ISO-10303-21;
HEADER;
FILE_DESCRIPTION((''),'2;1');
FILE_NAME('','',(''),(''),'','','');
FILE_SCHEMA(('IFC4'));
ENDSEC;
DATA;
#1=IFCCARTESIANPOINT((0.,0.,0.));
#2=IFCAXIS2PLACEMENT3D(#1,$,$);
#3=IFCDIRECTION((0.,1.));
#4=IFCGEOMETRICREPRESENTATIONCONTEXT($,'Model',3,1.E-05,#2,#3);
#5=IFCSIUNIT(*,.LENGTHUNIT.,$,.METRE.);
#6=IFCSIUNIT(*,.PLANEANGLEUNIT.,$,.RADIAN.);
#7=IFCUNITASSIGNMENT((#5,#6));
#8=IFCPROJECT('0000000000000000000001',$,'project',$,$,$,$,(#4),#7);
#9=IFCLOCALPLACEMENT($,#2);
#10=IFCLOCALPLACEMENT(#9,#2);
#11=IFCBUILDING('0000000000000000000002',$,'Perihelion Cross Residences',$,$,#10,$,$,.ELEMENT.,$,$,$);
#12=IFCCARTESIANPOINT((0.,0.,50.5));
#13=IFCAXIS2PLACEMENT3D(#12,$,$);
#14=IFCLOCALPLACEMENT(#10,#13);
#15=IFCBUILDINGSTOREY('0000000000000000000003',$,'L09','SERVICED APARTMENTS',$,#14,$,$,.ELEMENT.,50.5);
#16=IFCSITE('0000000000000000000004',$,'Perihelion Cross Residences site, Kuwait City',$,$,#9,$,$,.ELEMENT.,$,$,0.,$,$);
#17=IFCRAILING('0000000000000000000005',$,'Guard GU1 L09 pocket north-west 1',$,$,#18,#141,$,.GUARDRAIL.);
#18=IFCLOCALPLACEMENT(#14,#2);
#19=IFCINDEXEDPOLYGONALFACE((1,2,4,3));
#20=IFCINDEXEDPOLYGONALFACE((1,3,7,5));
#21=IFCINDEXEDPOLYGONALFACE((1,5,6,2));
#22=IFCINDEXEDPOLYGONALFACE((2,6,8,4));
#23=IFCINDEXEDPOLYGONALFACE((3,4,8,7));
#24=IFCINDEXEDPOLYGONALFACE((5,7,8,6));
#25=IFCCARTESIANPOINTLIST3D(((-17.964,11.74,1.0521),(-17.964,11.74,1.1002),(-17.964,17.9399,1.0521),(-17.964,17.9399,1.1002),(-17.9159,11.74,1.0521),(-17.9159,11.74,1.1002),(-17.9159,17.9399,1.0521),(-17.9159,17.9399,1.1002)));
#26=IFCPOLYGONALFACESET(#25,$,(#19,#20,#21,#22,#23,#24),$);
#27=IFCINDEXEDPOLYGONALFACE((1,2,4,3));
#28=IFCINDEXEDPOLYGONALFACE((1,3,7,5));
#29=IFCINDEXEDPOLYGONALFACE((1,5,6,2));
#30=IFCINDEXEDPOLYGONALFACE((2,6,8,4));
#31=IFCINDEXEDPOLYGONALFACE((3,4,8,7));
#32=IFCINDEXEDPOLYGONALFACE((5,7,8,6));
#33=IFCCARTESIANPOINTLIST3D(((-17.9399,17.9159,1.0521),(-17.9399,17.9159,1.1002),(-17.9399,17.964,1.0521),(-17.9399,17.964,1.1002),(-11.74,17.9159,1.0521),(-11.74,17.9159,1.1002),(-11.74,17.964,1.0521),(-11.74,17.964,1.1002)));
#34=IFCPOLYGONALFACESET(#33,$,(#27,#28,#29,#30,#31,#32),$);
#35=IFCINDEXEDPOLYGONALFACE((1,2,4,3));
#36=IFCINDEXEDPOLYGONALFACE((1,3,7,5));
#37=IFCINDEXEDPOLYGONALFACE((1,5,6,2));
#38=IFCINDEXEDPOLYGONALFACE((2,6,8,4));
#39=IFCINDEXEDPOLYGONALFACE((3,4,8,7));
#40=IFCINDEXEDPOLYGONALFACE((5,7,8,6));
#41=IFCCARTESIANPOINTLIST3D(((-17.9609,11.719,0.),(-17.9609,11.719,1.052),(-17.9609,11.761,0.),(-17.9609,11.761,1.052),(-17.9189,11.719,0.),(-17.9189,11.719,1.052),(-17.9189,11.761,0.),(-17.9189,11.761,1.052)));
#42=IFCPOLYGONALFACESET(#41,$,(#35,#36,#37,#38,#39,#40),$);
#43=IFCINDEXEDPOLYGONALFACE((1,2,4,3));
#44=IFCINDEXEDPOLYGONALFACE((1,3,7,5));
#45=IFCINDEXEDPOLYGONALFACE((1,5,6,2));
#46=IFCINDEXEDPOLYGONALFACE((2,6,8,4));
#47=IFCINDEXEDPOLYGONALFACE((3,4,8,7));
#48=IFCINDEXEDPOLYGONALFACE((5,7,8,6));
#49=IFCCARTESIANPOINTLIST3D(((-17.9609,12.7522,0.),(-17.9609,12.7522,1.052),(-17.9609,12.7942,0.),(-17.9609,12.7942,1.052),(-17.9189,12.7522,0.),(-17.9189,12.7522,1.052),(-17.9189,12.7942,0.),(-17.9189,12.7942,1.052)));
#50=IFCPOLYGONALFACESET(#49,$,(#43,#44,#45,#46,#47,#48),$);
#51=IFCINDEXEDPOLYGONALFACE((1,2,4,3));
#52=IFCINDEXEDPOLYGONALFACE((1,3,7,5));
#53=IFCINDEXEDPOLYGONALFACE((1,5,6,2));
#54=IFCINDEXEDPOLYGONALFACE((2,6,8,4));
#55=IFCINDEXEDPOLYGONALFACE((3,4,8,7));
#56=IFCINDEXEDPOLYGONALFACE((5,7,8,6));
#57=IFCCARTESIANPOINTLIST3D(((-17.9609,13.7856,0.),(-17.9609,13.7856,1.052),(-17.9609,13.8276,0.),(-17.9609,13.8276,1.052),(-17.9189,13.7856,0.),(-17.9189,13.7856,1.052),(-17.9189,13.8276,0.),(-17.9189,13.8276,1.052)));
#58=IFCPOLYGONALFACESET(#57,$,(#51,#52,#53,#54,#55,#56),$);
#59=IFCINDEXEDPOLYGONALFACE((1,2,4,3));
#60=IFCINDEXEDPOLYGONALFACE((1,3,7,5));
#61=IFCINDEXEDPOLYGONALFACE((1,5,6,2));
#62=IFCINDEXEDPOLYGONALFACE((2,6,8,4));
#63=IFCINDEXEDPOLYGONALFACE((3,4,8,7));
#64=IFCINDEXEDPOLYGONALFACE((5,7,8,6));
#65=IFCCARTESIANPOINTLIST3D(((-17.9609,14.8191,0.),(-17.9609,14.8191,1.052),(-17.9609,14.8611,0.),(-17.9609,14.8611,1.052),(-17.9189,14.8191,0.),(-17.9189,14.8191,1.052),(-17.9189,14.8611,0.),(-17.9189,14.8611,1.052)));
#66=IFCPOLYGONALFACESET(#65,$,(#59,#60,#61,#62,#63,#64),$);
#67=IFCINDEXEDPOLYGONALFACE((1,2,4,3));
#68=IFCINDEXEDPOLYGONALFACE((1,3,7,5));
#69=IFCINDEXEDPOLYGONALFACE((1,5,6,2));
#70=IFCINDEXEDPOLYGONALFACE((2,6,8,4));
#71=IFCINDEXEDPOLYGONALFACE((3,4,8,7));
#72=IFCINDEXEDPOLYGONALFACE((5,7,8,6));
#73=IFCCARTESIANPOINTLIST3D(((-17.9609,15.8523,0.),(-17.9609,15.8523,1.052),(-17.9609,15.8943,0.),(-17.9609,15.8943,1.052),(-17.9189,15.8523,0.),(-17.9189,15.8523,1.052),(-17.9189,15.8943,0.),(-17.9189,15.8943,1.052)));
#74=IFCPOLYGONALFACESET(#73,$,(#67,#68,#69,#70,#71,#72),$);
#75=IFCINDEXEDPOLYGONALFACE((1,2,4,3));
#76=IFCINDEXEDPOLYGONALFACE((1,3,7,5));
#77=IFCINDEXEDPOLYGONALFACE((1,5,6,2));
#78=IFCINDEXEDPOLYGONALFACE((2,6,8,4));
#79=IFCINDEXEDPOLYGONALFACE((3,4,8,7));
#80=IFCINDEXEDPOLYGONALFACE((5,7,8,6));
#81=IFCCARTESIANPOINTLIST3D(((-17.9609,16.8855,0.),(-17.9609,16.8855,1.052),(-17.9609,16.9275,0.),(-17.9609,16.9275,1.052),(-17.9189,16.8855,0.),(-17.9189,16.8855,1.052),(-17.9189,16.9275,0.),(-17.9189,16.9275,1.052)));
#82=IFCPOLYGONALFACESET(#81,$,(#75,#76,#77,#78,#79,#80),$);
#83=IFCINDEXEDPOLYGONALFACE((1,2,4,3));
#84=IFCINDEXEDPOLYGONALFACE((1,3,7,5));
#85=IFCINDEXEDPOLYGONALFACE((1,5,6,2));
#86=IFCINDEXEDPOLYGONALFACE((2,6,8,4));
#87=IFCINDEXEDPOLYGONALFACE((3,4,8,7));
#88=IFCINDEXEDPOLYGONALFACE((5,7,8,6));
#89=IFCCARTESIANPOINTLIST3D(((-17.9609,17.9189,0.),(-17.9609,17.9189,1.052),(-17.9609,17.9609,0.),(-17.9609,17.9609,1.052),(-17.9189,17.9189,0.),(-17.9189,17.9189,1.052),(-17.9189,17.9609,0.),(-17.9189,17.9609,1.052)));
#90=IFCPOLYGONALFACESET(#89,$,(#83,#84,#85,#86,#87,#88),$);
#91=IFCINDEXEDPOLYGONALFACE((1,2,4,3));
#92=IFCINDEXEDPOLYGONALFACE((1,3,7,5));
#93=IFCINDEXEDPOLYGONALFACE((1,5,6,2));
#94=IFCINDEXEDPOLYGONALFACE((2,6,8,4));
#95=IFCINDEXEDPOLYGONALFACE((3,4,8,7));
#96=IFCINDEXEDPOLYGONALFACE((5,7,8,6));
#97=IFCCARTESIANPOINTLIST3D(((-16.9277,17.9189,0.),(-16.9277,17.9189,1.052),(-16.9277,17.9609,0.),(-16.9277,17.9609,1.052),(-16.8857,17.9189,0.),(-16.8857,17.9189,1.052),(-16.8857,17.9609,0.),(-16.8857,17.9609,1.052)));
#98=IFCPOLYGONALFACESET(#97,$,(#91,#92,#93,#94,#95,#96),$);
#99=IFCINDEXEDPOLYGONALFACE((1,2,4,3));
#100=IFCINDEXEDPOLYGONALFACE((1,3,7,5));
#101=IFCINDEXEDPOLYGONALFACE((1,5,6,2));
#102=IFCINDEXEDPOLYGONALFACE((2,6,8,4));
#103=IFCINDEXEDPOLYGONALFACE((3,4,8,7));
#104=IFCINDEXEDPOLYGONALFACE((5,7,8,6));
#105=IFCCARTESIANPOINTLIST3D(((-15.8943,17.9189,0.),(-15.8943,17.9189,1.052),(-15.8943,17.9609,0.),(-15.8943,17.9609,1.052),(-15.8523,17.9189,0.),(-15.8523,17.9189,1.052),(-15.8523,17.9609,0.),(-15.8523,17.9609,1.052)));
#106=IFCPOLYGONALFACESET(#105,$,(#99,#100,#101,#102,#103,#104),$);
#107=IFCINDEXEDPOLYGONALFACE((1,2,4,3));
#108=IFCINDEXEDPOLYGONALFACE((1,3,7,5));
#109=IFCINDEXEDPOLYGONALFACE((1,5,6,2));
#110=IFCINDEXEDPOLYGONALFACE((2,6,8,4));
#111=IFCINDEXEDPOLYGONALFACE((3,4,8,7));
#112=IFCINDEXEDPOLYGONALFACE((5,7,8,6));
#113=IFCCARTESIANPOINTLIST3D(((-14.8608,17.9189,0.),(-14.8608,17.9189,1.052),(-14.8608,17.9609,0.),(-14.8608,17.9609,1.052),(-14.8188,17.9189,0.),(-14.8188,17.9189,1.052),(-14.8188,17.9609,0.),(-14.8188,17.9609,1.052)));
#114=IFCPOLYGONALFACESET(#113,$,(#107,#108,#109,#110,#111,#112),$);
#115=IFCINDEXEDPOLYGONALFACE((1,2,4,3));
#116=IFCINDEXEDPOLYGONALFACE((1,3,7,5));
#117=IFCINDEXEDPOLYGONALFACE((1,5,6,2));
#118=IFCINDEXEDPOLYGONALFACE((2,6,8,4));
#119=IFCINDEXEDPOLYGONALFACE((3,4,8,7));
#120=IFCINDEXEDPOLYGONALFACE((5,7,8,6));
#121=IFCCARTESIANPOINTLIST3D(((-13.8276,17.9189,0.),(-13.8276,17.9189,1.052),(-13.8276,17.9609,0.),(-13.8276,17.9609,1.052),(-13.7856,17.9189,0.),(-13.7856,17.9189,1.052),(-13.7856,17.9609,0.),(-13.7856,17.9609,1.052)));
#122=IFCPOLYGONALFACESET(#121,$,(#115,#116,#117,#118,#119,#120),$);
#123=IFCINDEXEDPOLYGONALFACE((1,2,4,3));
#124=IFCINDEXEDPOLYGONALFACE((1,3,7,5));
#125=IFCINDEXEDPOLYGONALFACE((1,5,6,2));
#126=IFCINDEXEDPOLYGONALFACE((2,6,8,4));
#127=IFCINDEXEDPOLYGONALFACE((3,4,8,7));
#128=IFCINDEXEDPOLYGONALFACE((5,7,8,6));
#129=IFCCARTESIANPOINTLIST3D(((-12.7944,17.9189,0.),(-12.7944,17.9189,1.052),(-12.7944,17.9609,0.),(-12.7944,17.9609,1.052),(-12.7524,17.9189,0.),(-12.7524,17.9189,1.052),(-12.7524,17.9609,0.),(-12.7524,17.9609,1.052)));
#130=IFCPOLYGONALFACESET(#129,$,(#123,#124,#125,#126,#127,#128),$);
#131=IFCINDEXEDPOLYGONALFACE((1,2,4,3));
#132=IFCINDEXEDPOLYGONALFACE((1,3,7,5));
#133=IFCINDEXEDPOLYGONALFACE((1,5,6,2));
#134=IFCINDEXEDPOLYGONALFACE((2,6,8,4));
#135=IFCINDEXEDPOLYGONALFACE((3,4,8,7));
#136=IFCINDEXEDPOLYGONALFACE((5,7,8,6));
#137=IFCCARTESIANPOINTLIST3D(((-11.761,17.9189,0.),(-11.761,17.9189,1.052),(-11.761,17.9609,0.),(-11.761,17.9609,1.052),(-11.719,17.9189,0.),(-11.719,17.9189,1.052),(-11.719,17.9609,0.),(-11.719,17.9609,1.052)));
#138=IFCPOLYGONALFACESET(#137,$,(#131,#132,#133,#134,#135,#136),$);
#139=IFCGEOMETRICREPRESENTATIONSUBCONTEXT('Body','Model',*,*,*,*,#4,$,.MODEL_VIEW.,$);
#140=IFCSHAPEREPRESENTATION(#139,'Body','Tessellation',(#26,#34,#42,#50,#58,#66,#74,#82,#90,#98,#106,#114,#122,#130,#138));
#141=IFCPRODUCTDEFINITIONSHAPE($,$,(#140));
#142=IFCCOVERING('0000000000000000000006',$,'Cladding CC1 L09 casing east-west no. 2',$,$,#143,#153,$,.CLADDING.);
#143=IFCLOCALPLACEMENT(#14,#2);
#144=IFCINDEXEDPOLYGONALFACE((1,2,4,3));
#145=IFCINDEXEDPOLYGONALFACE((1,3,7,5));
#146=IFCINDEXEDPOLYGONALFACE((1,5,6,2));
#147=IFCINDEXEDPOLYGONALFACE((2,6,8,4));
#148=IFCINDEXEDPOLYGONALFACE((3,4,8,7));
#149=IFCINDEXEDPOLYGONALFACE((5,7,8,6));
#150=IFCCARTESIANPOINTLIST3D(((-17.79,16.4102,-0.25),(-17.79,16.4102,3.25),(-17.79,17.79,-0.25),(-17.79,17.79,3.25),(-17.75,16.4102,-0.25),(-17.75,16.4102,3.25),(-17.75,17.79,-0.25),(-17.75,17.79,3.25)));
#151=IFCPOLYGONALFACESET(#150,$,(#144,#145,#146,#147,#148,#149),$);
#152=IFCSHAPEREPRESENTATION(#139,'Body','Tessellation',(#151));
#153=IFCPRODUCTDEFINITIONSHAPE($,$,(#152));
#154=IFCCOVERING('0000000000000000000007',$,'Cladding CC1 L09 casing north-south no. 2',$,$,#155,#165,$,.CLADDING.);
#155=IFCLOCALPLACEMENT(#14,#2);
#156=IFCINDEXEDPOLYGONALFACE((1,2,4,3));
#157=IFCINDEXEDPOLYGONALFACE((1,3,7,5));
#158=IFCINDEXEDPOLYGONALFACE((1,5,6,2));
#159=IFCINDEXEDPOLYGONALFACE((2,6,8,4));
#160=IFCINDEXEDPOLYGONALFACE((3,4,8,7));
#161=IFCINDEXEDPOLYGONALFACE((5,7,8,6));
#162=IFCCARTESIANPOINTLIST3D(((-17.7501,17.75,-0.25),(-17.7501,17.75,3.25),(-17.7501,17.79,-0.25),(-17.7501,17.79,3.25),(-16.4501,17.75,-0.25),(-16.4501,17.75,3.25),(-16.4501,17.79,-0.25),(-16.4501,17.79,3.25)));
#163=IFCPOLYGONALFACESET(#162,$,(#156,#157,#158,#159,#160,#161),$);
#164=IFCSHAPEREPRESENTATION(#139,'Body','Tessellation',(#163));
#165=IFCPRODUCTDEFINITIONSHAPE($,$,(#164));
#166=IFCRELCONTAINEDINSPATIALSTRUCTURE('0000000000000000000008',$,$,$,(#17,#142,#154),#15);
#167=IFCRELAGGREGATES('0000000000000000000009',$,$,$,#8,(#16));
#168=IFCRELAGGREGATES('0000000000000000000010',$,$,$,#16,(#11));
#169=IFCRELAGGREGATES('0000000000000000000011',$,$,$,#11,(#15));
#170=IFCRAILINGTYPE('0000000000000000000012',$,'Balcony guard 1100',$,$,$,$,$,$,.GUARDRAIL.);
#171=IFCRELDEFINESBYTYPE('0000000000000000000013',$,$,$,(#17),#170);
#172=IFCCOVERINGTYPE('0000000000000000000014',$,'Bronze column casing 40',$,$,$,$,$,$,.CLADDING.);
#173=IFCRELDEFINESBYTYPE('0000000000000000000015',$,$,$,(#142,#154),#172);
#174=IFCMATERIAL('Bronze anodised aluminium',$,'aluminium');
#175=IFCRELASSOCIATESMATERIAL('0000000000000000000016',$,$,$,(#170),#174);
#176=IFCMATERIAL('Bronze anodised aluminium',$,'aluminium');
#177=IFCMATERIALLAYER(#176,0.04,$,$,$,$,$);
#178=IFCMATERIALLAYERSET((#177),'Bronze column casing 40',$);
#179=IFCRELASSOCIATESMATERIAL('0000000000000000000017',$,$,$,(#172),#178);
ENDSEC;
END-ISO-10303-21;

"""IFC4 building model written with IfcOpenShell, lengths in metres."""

from ifc_helpers import new_model, si_unit, direction, frame, origin, origin_2d, place, context, subcontext, project, spatial, rectangle, extrude, material, layer, layer_set, type_object, element, save


model = new_model("IFC4")

# Units and contexts
model_context = context("Model", 3, precision=1e-05, world=origin(), true_north=direction((0.0, 1.0)))
body_context = subcontext(model_context, "Body", "Model", "MODEL_VIEW")
ifc_project = project(units=[si_unit("LENGTHUNIT", "METRE"), si_unit("PLANEANGLEUNIT", "RADIAN")], contexts=[model_context])

# Site, building, storey
site_placement = place(None, origin())
site = spatial("IfcSite", under=ifc_project, at=site_placement, Name="Perihelion Cross Residences site, Kuwait City", CompositionType="ELEMENT", RefElevation=0.0)
building_placement = place(site_placement, origin())
building = spatial("IfcBuilding", under=site, at=building_placement, Name="Perihelion Cross Residences", CompositionType="ELEMENT")
storey_placement = place(building_placement, frame((0.0, 0.0, 50.5)))
storey = spatial("IfcBuildingStorey", under=building, at=storey_placement, Name="L09", Description="SERVICED APARTMENTS", CompositionType="ELEMENT", Elevation=50.5)

# Railing
ifc_material_1 = material(Name="Bronze anodised aluminium", Category="aluminium")
railing_type = type_object("IfcRailingType", Name="Balcony guard 1100", PredefinedType="GUARDRAIL", material=ifc_material_1)
railing_1_placement = place(storey_placement, frame((-17.9399, 11.74, 0.0)))
element("IfcRailing", 1, at=railing_1_placement, inside=storey, type_object=railing_type, Name="Guard GU1 L09 pocket north-west 1", PredefinedType="GUARDRAIL", context=body_context, shape_type="SweptSolid", body=[
    extrude(rectangle(XDim=0.0481, YDim=0.0481, at=origin_2d()), frame((0.0, 0.0, 1.0762), z_axis=(0.0, 1.0, 0.0), x_axis=(-1.0, 0.0, 0.0)), (0.0, 0.0, 1.0), 6.2),
    extrude(rectangle(XDim=0.0481, YDim=0.0481, at=origin_2d()), frame((0.0, 6.2, 1.0762), z_axis=(1.0, 0.0, 0.0), x_axis=(0.0, 1.0, 0.0)), (0.0, 0.0, 1.0), 6.2),
    extrude(rectangle(XDim=0.042, YDim=0.042, at=origin_2d()), origin(), (0.0, 0.0, 1.0), 1.052),
    extrude(rectangle(XDim=0.042, YDim=0.042, at=origin_2d()), frame((0.0, 1.0332, 0.0)), (0.0, 0.0, 1.0), 1.052),
    extrude(rectangle(XDim=0.042, YDim=0.042, at=origin_2d()), frame((0.0, 2.0667, 0.0)), (0.0, 0.0, 1.0), 1.052),
    extrude(rectangle(XDim=0.042, YDim=0.042, at=origin_2d()), frame((0.0, 3.1001, 0.0)), (0.0, 0.0, 1.0), 1.052),
    extrude(rectangle(XDim=0.042, YDim=0.042, at=origin_2d()), frame((0.0, 4.1333, 0.0)), (0.0, 0.0, 1.0), 1.052),
    extrude(rectangle(XDim=0.042, YDim=0.042, at=origin_2d()), frame((0.0, 5.1665, 0.0)), (0.0, 0.0, 1.0), 1.052),
    extrude(rectangle(XDim=0.042, YDim=0.042, at=origin_2d()), frame((0.0, 6.2, 0.0)), (0.0, 0.0, 1.0), 1.052),
    extrude(rectangle(XDim=0.042, YDim=0.042, at=origin_2d()), frame((1.0332, 6.2, 0.0)), (0.0, 0.0, 1.0), 1.052),
    extrude(rectangle(XDim=0.042, YDim=0.042, at=origin_2d()), frame((2.0667, 6.2, 0.0)), (0.0, 0.0, 1.0), 1.052),
    extrude(rectangle(XDim=0.042, YDim=0.042, at=origin_2d()), frame((3.1001, 6.2, 0.0)), (0.0, 0.0, 1.0), 1.052),
    extrude(rectangle(XDim=0.042, YDim=0.042, at=origin_2d()), frame((4.1333, 6.2, 0.0)), (0.0, 0.0, 1.0), 1.052),
    extrude(rectangle(XDim=0.042, YDim=0.042, at=origin_2d()), frame((5.1665, 6.2, 0.0)), (0.0, 0.0, 1.0), 1.052),
    extrude(rectangle(XDim=0.042, YDim=0.042, at=origin_2d()), frame((6.2, 6.2, 0.0)), (0.0, 0.0, 1.0), 1.052),
])

# Coverings
ifc_material_2 = material(Name="Bronze anodised aluminium", Category="aluminium")
ifc_layer_1 = layer(ifc_material_2, 0.04)
ifc_layer_set_1 = layer_set([ifc_layer_1], Name="Bronze column casing 40")
covering_type = type_object("IfcCoveringType", Name="Bronze column casing 40", PredefinedType="CLADDING", material=ifc_layer_set_1)
covering_1_placement = place(storey_placement, frame((-17.77, 17.1001, -0.25), z_axis=(0.0, 0.0, 1.0), x_axis=(1.0, 0.0, 0.0)))
element("IfcCovering", 2, at=covering_1_placement, inside=storey, type_object=covering_type, Name="Cladding CC1 L09 casing east-west no. 2", PredefinedType="CLADDING", context=body_context, shape_type="SweptSolid", body=[
    extrude(rectangle(XDim=0.04, YDim=1.3799, at=origin_2d()), origin(), (0.0, 0.0, 1.0), 3.5),
])
covering_2_placement = place(storey_placement, frame((-17.1001, 17.77, -0.25), z_axis=(0.0, 0.0, 1.0), x_axis=(1.0, 0.0, 0.0)))
element("IfcCovering", 3, at=covering_2_placement, inside=storey, type_object=covering_type, Name="Cladding CC1 L09 casing north-south no. 2", PredefinedType="CLADDING", context=body_context, shape_type="SweptSolid", body=[
    extrude(rectangle(XDim=1.3, YDim=0.04, at=origin_2d()), origin(), (0.0, 0.0, 1.0), 3.5),
])

save(model, "model.ifc")
